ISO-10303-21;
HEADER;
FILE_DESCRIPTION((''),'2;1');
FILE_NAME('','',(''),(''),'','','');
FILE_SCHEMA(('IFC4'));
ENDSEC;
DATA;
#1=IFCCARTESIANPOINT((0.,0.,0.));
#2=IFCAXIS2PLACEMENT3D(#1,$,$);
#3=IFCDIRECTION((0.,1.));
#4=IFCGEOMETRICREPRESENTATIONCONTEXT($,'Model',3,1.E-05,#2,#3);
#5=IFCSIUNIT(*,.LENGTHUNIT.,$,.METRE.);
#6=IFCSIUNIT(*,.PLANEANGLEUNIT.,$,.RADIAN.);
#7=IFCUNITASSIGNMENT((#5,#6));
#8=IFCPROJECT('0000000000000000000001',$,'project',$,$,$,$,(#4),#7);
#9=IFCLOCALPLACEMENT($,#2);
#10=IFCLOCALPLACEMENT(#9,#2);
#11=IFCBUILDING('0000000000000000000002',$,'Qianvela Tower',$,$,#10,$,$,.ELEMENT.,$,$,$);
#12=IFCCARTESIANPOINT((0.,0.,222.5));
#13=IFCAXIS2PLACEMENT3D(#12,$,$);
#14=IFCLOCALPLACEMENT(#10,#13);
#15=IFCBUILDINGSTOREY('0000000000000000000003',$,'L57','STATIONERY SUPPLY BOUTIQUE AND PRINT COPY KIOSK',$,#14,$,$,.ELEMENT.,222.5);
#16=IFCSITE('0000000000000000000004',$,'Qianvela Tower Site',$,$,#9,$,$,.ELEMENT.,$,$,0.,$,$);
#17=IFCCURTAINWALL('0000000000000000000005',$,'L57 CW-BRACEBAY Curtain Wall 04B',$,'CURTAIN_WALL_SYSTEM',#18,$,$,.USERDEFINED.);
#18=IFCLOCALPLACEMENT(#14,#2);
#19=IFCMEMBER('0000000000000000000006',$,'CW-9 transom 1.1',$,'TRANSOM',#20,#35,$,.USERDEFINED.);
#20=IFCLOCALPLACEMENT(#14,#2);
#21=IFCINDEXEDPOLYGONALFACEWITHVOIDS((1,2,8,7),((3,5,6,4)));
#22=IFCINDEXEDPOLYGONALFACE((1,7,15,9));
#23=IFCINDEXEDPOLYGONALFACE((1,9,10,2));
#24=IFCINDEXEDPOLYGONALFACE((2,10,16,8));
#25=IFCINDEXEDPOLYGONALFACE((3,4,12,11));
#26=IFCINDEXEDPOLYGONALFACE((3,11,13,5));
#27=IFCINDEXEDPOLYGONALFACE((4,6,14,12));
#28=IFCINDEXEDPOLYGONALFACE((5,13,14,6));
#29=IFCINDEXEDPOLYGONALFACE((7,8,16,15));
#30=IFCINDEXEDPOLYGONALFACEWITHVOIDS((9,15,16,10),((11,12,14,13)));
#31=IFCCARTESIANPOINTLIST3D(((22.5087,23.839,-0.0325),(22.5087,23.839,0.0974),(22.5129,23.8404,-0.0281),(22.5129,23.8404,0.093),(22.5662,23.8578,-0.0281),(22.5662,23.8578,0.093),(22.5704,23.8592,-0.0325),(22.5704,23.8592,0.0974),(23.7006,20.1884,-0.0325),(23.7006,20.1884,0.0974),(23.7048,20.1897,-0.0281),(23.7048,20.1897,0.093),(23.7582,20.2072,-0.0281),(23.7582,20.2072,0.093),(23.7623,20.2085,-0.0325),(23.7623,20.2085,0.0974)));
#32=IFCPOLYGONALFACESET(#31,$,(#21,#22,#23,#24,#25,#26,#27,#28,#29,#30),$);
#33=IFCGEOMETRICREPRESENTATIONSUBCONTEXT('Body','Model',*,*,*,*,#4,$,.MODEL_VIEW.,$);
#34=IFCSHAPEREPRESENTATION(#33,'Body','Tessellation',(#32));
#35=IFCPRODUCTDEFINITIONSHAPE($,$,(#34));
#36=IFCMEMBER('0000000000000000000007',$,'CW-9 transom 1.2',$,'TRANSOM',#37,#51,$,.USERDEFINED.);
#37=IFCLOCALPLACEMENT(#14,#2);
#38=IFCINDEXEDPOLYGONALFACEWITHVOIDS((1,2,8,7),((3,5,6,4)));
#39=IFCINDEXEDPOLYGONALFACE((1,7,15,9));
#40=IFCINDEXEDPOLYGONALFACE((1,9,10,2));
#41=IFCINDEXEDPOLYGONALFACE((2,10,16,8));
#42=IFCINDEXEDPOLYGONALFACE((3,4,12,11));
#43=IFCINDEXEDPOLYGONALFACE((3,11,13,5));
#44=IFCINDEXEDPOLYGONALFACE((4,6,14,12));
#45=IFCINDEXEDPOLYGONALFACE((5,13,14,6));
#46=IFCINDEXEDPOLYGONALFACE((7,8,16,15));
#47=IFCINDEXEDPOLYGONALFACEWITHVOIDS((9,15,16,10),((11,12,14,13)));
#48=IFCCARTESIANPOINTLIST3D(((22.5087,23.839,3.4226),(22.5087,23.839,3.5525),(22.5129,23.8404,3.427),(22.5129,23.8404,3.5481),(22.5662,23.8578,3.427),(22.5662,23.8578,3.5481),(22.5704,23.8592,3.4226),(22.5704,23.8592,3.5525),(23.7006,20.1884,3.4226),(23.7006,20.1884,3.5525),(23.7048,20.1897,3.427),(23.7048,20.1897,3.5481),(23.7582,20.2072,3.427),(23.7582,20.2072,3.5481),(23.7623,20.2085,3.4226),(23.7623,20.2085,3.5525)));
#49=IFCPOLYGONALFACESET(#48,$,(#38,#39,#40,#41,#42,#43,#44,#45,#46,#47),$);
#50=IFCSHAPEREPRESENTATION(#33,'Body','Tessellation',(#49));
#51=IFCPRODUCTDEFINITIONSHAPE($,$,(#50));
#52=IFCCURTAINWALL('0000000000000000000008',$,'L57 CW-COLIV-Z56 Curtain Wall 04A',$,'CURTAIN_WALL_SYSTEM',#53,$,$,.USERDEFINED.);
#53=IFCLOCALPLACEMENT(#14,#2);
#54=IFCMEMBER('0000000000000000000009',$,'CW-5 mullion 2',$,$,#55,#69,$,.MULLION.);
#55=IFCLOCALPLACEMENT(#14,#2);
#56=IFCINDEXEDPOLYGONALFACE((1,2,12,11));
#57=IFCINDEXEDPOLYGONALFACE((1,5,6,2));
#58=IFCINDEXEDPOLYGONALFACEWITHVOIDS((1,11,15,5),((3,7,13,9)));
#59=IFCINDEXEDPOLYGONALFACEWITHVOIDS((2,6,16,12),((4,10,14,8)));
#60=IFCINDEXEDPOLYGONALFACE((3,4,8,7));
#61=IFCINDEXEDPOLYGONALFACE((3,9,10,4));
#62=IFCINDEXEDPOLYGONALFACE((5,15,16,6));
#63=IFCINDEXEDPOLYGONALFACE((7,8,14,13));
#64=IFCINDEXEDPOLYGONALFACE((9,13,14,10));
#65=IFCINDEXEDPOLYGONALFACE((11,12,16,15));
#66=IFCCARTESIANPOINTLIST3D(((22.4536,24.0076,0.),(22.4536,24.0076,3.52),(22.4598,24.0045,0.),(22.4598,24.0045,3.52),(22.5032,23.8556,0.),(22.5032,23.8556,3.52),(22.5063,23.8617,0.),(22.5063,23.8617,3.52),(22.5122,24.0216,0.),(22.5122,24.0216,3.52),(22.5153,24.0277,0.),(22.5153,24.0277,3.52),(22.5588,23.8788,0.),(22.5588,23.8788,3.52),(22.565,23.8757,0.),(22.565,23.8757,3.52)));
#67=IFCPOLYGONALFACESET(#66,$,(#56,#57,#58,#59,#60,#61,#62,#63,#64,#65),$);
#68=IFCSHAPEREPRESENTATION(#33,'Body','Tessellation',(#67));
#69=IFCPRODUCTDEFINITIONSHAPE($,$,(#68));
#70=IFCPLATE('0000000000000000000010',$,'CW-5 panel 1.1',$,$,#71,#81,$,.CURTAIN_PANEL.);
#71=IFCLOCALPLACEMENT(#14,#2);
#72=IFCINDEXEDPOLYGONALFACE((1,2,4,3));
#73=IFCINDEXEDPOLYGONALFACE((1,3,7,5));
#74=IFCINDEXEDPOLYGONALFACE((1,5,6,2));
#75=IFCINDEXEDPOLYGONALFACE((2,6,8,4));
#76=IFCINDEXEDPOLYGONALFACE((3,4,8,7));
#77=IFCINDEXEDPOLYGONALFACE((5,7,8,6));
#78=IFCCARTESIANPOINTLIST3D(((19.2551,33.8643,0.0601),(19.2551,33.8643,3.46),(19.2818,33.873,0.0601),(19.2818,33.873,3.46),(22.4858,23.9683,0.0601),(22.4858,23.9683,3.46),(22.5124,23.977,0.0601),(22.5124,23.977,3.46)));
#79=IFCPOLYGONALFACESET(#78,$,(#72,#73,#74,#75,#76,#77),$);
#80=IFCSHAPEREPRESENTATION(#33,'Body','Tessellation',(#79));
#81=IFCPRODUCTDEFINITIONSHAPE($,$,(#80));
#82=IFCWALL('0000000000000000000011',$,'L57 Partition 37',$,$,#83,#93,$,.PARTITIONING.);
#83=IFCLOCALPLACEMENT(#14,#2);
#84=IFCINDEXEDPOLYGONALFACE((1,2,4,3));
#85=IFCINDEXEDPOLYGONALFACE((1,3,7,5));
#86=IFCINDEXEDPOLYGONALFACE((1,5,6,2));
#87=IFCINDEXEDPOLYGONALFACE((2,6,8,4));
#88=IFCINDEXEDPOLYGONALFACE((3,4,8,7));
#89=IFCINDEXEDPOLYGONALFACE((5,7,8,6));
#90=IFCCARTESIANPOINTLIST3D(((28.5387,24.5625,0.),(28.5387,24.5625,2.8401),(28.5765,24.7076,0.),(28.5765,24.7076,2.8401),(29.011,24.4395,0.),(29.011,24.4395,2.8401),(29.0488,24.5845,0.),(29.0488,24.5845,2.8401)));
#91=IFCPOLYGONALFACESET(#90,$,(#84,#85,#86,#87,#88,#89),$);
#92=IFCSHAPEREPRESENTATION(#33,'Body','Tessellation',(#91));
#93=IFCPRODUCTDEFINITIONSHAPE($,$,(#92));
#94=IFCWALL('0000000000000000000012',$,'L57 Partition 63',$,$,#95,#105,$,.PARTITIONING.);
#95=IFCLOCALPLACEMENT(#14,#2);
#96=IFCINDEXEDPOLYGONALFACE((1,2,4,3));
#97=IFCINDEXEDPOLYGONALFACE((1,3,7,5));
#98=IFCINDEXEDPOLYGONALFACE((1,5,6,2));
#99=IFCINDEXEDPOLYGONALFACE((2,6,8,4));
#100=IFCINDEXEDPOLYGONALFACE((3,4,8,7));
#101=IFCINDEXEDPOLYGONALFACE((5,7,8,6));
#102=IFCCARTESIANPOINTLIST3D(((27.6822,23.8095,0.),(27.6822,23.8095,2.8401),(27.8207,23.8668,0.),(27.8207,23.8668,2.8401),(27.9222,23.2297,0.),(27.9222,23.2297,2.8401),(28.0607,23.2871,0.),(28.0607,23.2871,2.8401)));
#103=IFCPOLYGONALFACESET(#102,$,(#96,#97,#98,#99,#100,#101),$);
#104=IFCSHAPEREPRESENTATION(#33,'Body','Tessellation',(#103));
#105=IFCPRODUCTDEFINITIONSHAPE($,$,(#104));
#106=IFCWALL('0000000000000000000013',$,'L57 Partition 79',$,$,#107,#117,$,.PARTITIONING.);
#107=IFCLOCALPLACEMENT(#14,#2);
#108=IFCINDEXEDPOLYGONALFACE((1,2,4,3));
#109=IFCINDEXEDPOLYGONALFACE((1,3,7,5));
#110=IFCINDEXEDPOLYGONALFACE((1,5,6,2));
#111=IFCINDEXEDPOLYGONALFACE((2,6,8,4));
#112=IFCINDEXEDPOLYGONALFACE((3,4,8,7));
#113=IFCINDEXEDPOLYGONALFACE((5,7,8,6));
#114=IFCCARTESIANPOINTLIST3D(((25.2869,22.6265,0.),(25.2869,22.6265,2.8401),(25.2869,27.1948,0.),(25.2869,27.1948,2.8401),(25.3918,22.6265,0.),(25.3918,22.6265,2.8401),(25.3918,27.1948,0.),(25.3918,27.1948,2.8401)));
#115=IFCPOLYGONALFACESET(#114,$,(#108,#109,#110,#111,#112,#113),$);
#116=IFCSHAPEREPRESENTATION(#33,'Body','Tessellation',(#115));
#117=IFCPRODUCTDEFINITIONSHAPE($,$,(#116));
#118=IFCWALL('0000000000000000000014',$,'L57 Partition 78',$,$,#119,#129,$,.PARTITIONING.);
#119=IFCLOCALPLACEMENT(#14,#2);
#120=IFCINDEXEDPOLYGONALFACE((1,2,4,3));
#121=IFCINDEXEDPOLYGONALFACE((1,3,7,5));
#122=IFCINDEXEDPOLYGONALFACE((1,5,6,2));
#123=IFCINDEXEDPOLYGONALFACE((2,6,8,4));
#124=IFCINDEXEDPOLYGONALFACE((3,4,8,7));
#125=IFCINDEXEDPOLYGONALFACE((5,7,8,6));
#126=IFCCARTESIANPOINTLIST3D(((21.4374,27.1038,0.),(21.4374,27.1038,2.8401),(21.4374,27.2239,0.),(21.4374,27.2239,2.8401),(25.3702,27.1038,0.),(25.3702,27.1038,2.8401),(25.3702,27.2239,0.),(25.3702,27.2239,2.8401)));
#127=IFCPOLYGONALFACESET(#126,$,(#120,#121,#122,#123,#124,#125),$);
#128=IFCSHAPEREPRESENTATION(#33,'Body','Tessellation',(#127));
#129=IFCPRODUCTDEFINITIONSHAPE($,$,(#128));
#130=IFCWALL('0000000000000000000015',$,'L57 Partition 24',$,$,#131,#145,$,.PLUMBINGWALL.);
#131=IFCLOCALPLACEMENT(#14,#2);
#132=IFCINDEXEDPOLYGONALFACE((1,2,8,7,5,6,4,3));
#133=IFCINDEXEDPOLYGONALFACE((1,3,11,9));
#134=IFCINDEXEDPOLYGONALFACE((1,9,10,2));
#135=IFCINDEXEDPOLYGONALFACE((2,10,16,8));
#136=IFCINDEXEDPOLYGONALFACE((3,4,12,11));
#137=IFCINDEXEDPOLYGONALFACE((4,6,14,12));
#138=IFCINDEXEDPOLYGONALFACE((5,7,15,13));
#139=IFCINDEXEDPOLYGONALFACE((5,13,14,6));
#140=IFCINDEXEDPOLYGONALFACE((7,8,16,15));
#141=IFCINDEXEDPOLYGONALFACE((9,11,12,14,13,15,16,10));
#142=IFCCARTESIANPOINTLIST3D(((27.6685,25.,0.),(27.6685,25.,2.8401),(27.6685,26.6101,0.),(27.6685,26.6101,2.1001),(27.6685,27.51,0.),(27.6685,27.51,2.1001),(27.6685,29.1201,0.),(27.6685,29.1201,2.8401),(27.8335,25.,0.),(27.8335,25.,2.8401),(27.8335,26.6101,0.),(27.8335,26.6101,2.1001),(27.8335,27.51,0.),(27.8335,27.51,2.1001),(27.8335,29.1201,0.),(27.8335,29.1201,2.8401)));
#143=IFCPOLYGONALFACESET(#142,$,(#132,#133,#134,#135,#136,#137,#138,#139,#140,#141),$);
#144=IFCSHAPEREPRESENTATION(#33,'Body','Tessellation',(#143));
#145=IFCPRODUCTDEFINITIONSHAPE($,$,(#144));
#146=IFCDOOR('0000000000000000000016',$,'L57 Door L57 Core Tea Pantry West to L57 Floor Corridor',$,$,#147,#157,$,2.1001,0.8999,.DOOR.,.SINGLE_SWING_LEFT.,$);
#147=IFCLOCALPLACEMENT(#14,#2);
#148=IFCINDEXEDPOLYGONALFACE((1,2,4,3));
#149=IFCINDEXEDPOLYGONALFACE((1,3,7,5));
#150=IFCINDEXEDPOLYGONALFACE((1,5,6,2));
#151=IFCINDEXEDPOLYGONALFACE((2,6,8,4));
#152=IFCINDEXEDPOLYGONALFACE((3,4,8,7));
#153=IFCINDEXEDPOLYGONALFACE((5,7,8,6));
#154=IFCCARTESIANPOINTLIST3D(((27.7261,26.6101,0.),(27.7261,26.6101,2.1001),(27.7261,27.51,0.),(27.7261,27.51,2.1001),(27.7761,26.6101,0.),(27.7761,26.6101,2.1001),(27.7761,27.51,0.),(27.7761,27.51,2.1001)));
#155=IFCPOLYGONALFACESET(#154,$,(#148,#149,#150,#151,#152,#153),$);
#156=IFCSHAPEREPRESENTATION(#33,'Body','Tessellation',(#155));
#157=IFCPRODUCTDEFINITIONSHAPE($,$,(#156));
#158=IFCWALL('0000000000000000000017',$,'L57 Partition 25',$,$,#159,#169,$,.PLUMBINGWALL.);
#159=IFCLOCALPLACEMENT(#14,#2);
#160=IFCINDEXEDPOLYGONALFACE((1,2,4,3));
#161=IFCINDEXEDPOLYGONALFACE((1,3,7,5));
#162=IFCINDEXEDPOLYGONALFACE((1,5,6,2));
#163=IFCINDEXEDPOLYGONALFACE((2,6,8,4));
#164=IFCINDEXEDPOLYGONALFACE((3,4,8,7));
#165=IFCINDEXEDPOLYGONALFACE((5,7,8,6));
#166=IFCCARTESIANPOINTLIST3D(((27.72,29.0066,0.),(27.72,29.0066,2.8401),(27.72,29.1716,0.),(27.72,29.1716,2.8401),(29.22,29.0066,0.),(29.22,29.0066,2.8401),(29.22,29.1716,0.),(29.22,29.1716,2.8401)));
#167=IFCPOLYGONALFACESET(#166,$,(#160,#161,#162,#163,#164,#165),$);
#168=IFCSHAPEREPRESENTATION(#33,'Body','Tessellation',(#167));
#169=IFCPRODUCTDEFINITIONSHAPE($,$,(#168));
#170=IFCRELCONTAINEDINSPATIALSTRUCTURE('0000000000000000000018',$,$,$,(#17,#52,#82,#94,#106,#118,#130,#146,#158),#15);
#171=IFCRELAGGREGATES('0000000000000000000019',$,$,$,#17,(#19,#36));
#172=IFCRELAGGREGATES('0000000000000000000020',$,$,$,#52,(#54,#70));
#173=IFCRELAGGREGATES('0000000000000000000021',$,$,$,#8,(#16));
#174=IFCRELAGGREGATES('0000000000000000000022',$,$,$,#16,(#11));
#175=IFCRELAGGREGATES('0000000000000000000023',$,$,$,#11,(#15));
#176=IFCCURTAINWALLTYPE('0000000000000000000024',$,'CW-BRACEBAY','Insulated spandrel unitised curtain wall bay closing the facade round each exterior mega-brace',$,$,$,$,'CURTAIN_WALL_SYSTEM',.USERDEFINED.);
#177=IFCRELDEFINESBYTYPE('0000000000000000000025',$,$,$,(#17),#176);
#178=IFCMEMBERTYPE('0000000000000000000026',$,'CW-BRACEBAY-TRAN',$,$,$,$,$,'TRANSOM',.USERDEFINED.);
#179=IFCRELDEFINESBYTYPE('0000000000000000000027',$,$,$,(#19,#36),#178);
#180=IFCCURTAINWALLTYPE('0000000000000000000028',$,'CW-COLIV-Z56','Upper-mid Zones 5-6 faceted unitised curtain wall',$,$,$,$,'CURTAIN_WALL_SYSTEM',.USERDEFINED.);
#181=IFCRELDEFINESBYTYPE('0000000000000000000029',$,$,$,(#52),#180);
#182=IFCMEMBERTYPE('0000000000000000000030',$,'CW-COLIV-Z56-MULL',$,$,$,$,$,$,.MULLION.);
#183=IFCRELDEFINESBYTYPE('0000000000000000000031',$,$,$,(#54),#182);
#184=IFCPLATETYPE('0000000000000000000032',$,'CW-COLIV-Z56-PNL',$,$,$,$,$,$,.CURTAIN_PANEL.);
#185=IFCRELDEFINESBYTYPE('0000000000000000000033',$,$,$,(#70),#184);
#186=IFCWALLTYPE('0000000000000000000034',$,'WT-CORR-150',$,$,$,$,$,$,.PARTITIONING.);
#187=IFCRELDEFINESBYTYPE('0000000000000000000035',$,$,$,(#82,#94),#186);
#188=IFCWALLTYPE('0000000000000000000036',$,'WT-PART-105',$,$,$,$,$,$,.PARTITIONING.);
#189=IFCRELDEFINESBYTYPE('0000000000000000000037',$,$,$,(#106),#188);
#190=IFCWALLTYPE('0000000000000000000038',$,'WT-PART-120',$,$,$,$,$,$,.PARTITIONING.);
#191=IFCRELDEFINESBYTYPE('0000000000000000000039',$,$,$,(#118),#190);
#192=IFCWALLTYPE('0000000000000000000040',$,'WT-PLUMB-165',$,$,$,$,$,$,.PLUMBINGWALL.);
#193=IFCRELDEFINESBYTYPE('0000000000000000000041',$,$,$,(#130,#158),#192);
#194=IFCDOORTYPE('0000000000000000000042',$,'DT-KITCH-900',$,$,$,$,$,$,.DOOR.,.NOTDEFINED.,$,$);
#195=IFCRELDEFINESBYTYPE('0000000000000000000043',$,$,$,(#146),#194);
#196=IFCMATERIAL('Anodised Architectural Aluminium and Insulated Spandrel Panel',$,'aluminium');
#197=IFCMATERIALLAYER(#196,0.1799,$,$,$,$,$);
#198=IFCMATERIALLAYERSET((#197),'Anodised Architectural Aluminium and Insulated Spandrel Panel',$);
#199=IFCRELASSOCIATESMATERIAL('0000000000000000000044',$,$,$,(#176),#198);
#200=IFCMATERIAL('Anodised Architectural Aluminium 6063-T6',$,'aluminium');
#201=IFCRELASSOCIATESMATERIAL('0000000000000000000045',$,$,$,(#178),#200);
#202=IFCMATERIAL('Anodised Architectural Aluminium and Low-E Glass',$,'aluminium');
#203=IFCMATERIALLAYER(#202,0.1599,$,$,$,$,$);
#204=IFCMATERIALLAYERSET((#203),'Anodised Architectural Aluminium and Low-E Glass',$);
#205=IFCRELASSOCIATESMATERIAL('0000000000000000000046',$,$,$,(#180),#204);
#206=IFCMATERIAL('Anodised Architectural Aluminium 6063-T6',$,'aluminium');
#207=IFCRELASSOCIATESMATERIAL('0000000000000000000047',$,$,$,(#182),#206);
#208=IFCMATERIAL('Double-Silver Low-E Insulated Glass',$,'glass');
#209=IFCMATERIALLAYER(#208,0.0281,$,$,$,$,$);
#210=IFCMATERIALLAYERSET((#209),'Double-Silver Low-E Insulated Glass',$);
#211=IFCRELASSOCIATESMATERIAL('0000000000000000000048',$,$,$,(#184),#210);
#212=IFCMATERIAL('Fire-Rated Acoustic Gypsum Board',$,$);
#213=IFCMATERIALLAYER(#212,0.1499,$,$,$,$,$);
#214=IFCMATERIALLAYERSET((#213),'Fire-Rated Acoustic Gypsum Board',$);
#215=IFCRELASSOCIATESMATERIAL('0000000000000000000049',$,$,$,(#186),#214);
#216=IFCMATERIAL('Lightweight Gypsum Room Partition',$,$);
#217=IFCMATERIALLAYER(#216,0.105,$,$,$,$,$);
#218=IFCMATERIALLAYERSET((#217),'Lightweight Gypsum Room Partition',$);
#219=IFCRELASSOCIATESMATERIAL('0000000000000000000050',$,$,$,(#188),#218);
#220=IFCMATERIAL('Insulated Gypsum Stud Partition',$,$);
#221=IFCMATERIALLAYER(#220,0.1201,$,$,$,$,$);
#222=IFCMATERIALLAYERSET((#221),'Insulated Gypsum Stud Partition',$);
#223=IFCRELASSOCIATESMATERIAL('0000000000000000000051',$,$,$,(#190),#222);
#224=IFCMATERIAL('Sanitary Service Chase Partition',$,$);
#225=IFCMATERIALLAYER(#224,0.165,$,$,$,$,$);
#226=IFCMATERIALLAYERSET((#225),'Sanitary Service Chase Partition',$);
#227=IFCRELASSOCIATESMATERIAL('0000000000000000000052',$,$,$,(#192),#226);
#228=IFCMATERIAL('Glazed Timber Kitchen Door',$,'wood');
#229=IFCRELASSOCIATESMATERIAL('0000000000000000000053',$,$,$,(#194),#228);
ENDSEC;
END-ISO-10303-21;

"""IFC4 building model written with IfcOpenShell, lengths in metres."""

from ifc_helpers import new_model, si_unit, direction, frame, frame_2d, origin, origin_2d, place, context, subcontext, project, spatial, rectangle, hollow_rectangle, extrude, material, layer, layer_set, material_profile, profile_set, type_object, element, fill, aggregate, save


model = new_model("IFC4")

# Units and contexts
model_context = context("Model", 3, precision=1e-05, world=origin(), true_north=direction((0.0, 1.0)))
body_context = subcontext(model_context, "Body", "Model", "MODEL_VIEW")
ifc_project = project(units=[si_unit("LENGTHUNIT", "METRE"), si_unit("PLANEANGLEUNIT", "RADIAN")], contexts=[model_context])

# Site, building, storey
site_placement = place(None, origin())
site = spatial("IfcSite", under=ifc_project, at=site_placement, Name="Qianvela Tower Site", CompositionType="ELEMENT", RefElevation=0.0)
building_placement = place(site_placement, origin())
building = spatial("IfcBuilding", under=site, at=building_placement, Name="Qianvela Tower", CompositionType="ELEMENT")
storey_placement = place(building_placement, frame((0.0, 0.0, 222.5)))
storey = spatial("IfcBuildingStorey", under=building, at=storey_placement, Name="L57", Description="STATIONERY SUPPLY BOUTIQUE AND PRINT COPY KIOSK", CompositionType="ELEMENT", Elevation=222.5)

# Curtain wall, members
ifc_material_1 = material(Name="Anodised Architectural Aluminium and Insulated Spandrel Panel", Category="aluminium")
ifc_layer_1 = layer(ifc_material_1, 0.1799)
ifc_layer_set_1 = layer_set([ifc_layer_1], Name="Anodised Architectural Aluminium and Insulated Spandrel Panel")
curtain_wall_type_1 = type_object("IfcCurtainWallType", Name="CW-BRACEBAY", Description="Insulated spandrel unitised curtain wall bay closing the facade round each exterior mega-brace", ElementType="CURTAIN_WALL_SYSTEM", PredefinedType="USERDEFINED", material=ifc_layer_set_1)
curtain_wall_1_placement = place(storey_placement, origin())
curtain_wall_1 = element("IfcCurtainWall", 1, at=curtain_wall_1_placement, inside=storey, type_object=curtain_wall_type_1, Name="L57 CW-BRACEBAY Curtain Wall 04B", ObjectType="CURTAIN_WALL_SYSTEM", PredefinedType="USERDEFINED")
ifc_material_2 = material(Name="Anodised Architectural Aluminium 6063-T6", Category="aluminium")
ifc_material_profile_1 = material_profile(ifc_material_2, hollow_rectangle(XDim=0.0649, YDim=0.1299, WallThickness=0.0044, at=origin_2d()), Name="ALU-TRAN-65x130")
ifc_profile_set_1 = profile_set([ifc_material_profile_1], Name="Anodised Architectural Aluminium 6063-T6")
member_type_1 = type_object("IfcMemberType", Name="CW-BRACEBAY-TRAN", ElementType="TRANSOM", PredefinedType="USERDEFINED", material=ifc_profile_set_1)
member_1_placement = place(storey_placement, frame((22.5396, 23.8491, 0.0325), z_axis=(0.310367, -0.950617, 0.0), x_axis=(0.950617, 0.310367, 0.0)))
member_1 = element("IfcMember", 2, at=member_1_placement, type_object=member_type_1, Name="CW-9 transom 1.1", ObjectType="TRANSOM", PredefinedType="USERDEFINED", context=body_context, shape_type="SweptSolid", body=[
    extrude(hollow_rectangle(XDim=0.0649, YDim=0.1299, WallThickness=0.0044, at=origin_2d()), origin(), (0.0, 0.0, 1.0), 3.8403),
])
member_2_placement = place(storey_placement, frame((22.5396, 23.8491, 3.4875), z_axis=(0.310367, -0.950617, 0.0), x_axis=(0.950617, 0.310367, 0.0)))
member_2 = element("IfcMember", 3, at=member_2_placement, type_object=member_type_1, Name="CW-9 transom 1.2", ObjectType="TRANSOM", PredefinedType="USERDEFINED", context=body_context, shape_type="SweptSolid", body=[
    extrude(hollow_rectangle(XDim=0.0649, YDim=0.1299, WallThickness=0.0044, at=origin_2d()), origin(), (0.0, 0.0, 1.0), 3.8403),
])
aggregate(curtain_wall_1, [member_1, member_2])

# Curtain wall, member, plate
ifc_material_3 = material(Name="Anodised Architectural Aluminium and Low-E Glass", Category="aluminium")
ifc_layer_2 = layer(ifc_material_3, 0.1599)
ifc_layer_set_2 = layer_set([ifc_layer_2], Name="Anodised Architectural Aluminium and Low-E Glass")
curtain_wall_type_2 = type_object("IfcCurtainWallType", Name="CW-COLIV-Z56", Description="Upper-mid Zones 5-6 faceted unitised curtain wall", ElementType="CURTAIN_WALL_SYSTEM", PredefinedType="USERDEFINED", material=ifc_layer_set_2)
curtain_wall_2_placement = place(storey_placement, origin())
curtain_wall_2 = element("IfcCurtainWall", 4, at=curtain_wall_2_placement, inside=storey, type_object=curtain_wall_type_2, Name="L57 CW-COLIV-Z56 Curtain Wall 04A", ObjectType="CURTAIN_WALL_SYSTEM", PredefinedType="USERDEFINED")
ifc_material_4 = material(Name="Anodised Architectural Aluminium 6063-T6", Category="aluminium")
ifc_material_profile_2 = material_profile(ifc_material_4, hollow_rectangle(XDim=0.0649, YDim=0.1599, WallThickness=0.0049, at=origin_2d()), Name="ALU-MULL-65x160")
ifc_profile_set_2 = profile_set([ifc_material_profile_2], Name="Anodised Architectural Aluminium 6063-T6")
member_type_2 = type_object("IfcMemberType", Name="CW-COLIV-Z56-MULL", PredefinedType="MULLION", material=ifc_profile_set_2)
member_3_placement = place(storey_placement, frame((22.5093, 23.9417, 0.0), z_axis=(0.0, 0.0, 1.0), x_axis=(0.950625, 0.310341, 0.0)))
member_3 = element("IfcMember", 5, at=member_3_placement, type_object=member_type_2, Name="CW-5 mullion 2", PredefinedType="MULLION", context=body_context, shape_type="SweptSolid", body=[
    extrude(hollow_rectangle(XDim=0.0649, YDim=0.1599, WallThickness=0.0049, at=origin_2d()), origin(), (0.0, 0.0, 1.0), 3.52),
])
ifc_material_5 = material(Name="Double-Silver Low-E Insulated Glass", Category="glass")
ifc_layer_3 = layer(ifc_material_5, 0.0281)
ifc_layer_set_3 = layer_set([ifc_layer_3], Name="Double-Silver Low-E Insulated Glass")
plate_type = type_object("IfcPlateType", Name="CW-COLIV-Z56-PNL", PredefinedType="CURTAIN_PANEL", material=ifc_layer_set_3)
plate_placement = place(storey_placement, frame((20.8838, 28.9207, 0.0601), z_axis=(0.0, 0.0, 1.0), x_axis=(0.310341, -0.950625, 0.0)))
plate = element("IfcPlate", 6, at=plate_placement, type_object=plate_type, Name="CW-5 panel 1.1", PredefinedType="CURTAIN_PANEL", context=body_context, shape_type="SweptSolid", body=[
    extrude(rectangle(XDim=10.4099, YDim=0.0281, at=origin_2d()), origin(), (0.0, 0.0, 1.0), 3.3999),
])
aggregate(curtain_wall_2, [member_3, plate])

# Walls
ifc_material_6 = material(Name="Fire-Rated Acoustic Gypsum Board")
ifc_layer_4 = layer(ifc_material_6, 0.1499)
ifc_layer_set_4 = layer_set([ifc_layer_4], Name="Fire-Rated Acoustic Gypsum Board")
wall_type_1 = type_object("IfcWallType", Name="WT-CORR-150", PredefinedType="PARTITIONING", material=ifc_layer_set_4)
wall_1_placement = place(storey_placement, frame((29.03, 24.512, 0.0), z_axis=(0.0, 0.0, 1.0), x_axis=(-0.967681, 0.252177, 0.0)))
element("IfcWall", 7, at=wall_1_placement, inside=storey, type_object=wall_type_1, Name="L57 Partition 37", PredefinedType="PARTITIONING", context=body_context, shape_type="SweptSolid", body=[
    extrude(rectangle(XDim=0.488, YDim=0.1499, at=frame_2d((0.2441, 0.0))), origin(), (0.0, 0.0, 1.0), 2.8401),
])
wall_2_placement = place(storey_placement, frame((27.7515, 23.8381, 0.0), z_axis=(0.0, 0.0, 1.0), x_axis=(0.382432, -0.923984, 0.0)))
element("IfcWall", 8, at=wall_2_placement, inside=storey, type_object=wall_type_1, Name="L57 Partition 63", PredefinedType="PARTITIONING", context=body_context, shape_type="SweptSolid", body=[
    extrude(rectangle(XDim=0.6274, YDim=0.1499, at=frame_2d((0.3137, 0.0))), origin(), (0.0, 0.0, 1.0), 2.8401),
])
ifc_material_7 = material(Name="Lightweight Gypsum Room Partition")
ifc_layer_5 = layer(ifc_material_7, 0.105)
ifc_layer_set_5 = layer_set([ifc_layer_5], Name="Lightweight Gypsum Room Partition")
wall_type_2 = type_object("IfcWallType", Name="WT-PART-105", PredefinedType="PARTITIONING", material=ifc_layer_set_5)
wall_3_placement = place(storey_placement, frame((25.3394, 27.1948, 0.0), z_axis=(0.0, 0.0, 1.0), x_axis=(0.0, -1.0, 0.0)))
element("IfcWall", 9, at=wall_3_placement, inside=storey, type_object=wall_type_2, Name="L57 Partition 79", PredefinedType="PARTITIONING", context=body_context, shape_type="SweptSolid", body=[
    extrude(rectangle(XDim=4.5684, YDim=0.105, at=frame_2d((2.2842, 0.0))), origin(), (0.0, 0.0, 1.0), 2.8401),
])
ifc_material_8 = material(Name="Insulated Gypsum Stud Partition")
ifc_layer_6 = layer(ifc_material_8, 0.1201)
ifc_layer_set_6 = layer_set([ifc_layer_6], Name="Insulated Gypsum Stud Partition")
wall_type_3 = type_object("IfcWallType", Name="WT-PART-120", PredefinedType="PARTITIONING", material=ifc_layer_set_6)
wall_4_placement = place(storey_placement, frame((21.4375, 27.1638, 0.0), z_axis=(0.0, 0.0, 1.0), x_axis=(1.0, 0.0, 0.0)))
element("IfcWall", 10, at=wall_4_placement, inside=storey, type_object=wall_type_3, Name="L57 Partition 78", PredefinedType="PARTITIONING", context=body_context, shape_type="SweptSolid", body=[
    extrude(rectangle(XDim=3.9329, YDim=0.1201, at=frame_2d((1.9663, 0.0))), origin(), (0.0, 0.0, 1.0), 2.8401),
])

# Wall, opening, door
ifc_material_9 = material(Name="Sanitary Service Chase Partition")
ifc_layer_7 = layer(ifc_material_9, 0.165)
ifc_layer_set_7 = layer_set([ifc_layer_7], Name="Sanitary Service Chase Partition")
wall_type_4 = type_object("IfcWallType", Name="WT-PLUMB-165", PredefinedType="PLUMBINGWALL", material=ifc_layer_set_7)
wall_5_placement = place(storey_placement, frame((27.751, 25.0, 0.0), z_axis=(0.0, 0.0, 1.0), x_axis=(0.0, 1.0, 0.0)))
wall_5 = element("IfcWall", 11, at=wall_5_placement, inside=storey, type_object=wall_type_4, Name="L57 Partition 24", PredefinedType="PLUMBINGWALL", context=body_context, shape_type="SweptSolid", body=[
    extrude(rectangle(XDim=4.1201, YDim=0.165, at=frame_2d((2.0601, 0.0))), origin(), (0.0, 0.0, 1.0), 2.8401),
])
opening_1_placement = place(wall_5_placement, frame((1.6101, 0.0, 0.0)))
opening_1 = element("IfcOpeningElement", 12, at=opening_1_placement, cuts=wall_5, PredefinedType="OPENING", context=body_context, shape_type="SweptSolid", body=[
    extrude(rectangle(XDim=0.8999, YDim=2.1001, at=frame_2d((0.45, 1.05))), frame((0.0, 0.0925, 0.0), z_axis=(0.0, -1.0, 0.0), x_axis=(1.0, 0.0, 0.0)), (0.0, 0.0, 1.0), 0.1851),
])
ifc_material_10 = material(Name="Glazed Timber Kitchen Door", Category="wood")
door_type_1 = type_object("IfcDoorType", Name="DT-KITCH-900", OperationType="NOTDEFINED", PredefinedType="DOOR", material=ifc_material_10)
door_1_placement = place(opening_1_placement, origin())
door_1 = element("IfcDoor", 13, at=door_1_placement, inside=storey, type_object=door_type_1, Name="L57 Door L57 Core Tea Pantry West to L57 Floor Corridor", OperationType="SINGLE_SWING_LEFT", OverallHeight=2.1001, OverallWidth=0.8999, PredefinedType="DOOR", context=body_context, shape_type="SweptSolid", body=[
    extrude(rectangle(XDim=0.8999, YDim=2.1001, at=frame_2d((0.45, 1.05))), frame((0.0, 0.0249, 0.0), z_axis=(0.0, -1.0, 0.0), x_axis=(1.0, 0.0, 0.0)), (0.0, 0.0, 1.0), 0.05),
])
fill(opening_1, door_1)

# Wall
wall_6_placement = place(storey_placement, frame((27.72, 29.0891, 0.0), z_axis=(0.0, 0.0, 1.0), x_axis=(1.0, 0.0, 0.0)))
element("IfcWall", 14, at=wall_6_placement, inside=storey, type_object=wall_type_4, Name="L57 Partition 25", PredefinedType="PLUMBINGWALL", context=body_context, shape_type="SweptSolid", body=[
    extrude(rectangle(XDim=1.5, YDim=0.165, at=frame_2d((0.75, 0.0))), origin(), (0.0, 0.0, 1.0), 2.8401),
])

save(model, "model.ifc")
